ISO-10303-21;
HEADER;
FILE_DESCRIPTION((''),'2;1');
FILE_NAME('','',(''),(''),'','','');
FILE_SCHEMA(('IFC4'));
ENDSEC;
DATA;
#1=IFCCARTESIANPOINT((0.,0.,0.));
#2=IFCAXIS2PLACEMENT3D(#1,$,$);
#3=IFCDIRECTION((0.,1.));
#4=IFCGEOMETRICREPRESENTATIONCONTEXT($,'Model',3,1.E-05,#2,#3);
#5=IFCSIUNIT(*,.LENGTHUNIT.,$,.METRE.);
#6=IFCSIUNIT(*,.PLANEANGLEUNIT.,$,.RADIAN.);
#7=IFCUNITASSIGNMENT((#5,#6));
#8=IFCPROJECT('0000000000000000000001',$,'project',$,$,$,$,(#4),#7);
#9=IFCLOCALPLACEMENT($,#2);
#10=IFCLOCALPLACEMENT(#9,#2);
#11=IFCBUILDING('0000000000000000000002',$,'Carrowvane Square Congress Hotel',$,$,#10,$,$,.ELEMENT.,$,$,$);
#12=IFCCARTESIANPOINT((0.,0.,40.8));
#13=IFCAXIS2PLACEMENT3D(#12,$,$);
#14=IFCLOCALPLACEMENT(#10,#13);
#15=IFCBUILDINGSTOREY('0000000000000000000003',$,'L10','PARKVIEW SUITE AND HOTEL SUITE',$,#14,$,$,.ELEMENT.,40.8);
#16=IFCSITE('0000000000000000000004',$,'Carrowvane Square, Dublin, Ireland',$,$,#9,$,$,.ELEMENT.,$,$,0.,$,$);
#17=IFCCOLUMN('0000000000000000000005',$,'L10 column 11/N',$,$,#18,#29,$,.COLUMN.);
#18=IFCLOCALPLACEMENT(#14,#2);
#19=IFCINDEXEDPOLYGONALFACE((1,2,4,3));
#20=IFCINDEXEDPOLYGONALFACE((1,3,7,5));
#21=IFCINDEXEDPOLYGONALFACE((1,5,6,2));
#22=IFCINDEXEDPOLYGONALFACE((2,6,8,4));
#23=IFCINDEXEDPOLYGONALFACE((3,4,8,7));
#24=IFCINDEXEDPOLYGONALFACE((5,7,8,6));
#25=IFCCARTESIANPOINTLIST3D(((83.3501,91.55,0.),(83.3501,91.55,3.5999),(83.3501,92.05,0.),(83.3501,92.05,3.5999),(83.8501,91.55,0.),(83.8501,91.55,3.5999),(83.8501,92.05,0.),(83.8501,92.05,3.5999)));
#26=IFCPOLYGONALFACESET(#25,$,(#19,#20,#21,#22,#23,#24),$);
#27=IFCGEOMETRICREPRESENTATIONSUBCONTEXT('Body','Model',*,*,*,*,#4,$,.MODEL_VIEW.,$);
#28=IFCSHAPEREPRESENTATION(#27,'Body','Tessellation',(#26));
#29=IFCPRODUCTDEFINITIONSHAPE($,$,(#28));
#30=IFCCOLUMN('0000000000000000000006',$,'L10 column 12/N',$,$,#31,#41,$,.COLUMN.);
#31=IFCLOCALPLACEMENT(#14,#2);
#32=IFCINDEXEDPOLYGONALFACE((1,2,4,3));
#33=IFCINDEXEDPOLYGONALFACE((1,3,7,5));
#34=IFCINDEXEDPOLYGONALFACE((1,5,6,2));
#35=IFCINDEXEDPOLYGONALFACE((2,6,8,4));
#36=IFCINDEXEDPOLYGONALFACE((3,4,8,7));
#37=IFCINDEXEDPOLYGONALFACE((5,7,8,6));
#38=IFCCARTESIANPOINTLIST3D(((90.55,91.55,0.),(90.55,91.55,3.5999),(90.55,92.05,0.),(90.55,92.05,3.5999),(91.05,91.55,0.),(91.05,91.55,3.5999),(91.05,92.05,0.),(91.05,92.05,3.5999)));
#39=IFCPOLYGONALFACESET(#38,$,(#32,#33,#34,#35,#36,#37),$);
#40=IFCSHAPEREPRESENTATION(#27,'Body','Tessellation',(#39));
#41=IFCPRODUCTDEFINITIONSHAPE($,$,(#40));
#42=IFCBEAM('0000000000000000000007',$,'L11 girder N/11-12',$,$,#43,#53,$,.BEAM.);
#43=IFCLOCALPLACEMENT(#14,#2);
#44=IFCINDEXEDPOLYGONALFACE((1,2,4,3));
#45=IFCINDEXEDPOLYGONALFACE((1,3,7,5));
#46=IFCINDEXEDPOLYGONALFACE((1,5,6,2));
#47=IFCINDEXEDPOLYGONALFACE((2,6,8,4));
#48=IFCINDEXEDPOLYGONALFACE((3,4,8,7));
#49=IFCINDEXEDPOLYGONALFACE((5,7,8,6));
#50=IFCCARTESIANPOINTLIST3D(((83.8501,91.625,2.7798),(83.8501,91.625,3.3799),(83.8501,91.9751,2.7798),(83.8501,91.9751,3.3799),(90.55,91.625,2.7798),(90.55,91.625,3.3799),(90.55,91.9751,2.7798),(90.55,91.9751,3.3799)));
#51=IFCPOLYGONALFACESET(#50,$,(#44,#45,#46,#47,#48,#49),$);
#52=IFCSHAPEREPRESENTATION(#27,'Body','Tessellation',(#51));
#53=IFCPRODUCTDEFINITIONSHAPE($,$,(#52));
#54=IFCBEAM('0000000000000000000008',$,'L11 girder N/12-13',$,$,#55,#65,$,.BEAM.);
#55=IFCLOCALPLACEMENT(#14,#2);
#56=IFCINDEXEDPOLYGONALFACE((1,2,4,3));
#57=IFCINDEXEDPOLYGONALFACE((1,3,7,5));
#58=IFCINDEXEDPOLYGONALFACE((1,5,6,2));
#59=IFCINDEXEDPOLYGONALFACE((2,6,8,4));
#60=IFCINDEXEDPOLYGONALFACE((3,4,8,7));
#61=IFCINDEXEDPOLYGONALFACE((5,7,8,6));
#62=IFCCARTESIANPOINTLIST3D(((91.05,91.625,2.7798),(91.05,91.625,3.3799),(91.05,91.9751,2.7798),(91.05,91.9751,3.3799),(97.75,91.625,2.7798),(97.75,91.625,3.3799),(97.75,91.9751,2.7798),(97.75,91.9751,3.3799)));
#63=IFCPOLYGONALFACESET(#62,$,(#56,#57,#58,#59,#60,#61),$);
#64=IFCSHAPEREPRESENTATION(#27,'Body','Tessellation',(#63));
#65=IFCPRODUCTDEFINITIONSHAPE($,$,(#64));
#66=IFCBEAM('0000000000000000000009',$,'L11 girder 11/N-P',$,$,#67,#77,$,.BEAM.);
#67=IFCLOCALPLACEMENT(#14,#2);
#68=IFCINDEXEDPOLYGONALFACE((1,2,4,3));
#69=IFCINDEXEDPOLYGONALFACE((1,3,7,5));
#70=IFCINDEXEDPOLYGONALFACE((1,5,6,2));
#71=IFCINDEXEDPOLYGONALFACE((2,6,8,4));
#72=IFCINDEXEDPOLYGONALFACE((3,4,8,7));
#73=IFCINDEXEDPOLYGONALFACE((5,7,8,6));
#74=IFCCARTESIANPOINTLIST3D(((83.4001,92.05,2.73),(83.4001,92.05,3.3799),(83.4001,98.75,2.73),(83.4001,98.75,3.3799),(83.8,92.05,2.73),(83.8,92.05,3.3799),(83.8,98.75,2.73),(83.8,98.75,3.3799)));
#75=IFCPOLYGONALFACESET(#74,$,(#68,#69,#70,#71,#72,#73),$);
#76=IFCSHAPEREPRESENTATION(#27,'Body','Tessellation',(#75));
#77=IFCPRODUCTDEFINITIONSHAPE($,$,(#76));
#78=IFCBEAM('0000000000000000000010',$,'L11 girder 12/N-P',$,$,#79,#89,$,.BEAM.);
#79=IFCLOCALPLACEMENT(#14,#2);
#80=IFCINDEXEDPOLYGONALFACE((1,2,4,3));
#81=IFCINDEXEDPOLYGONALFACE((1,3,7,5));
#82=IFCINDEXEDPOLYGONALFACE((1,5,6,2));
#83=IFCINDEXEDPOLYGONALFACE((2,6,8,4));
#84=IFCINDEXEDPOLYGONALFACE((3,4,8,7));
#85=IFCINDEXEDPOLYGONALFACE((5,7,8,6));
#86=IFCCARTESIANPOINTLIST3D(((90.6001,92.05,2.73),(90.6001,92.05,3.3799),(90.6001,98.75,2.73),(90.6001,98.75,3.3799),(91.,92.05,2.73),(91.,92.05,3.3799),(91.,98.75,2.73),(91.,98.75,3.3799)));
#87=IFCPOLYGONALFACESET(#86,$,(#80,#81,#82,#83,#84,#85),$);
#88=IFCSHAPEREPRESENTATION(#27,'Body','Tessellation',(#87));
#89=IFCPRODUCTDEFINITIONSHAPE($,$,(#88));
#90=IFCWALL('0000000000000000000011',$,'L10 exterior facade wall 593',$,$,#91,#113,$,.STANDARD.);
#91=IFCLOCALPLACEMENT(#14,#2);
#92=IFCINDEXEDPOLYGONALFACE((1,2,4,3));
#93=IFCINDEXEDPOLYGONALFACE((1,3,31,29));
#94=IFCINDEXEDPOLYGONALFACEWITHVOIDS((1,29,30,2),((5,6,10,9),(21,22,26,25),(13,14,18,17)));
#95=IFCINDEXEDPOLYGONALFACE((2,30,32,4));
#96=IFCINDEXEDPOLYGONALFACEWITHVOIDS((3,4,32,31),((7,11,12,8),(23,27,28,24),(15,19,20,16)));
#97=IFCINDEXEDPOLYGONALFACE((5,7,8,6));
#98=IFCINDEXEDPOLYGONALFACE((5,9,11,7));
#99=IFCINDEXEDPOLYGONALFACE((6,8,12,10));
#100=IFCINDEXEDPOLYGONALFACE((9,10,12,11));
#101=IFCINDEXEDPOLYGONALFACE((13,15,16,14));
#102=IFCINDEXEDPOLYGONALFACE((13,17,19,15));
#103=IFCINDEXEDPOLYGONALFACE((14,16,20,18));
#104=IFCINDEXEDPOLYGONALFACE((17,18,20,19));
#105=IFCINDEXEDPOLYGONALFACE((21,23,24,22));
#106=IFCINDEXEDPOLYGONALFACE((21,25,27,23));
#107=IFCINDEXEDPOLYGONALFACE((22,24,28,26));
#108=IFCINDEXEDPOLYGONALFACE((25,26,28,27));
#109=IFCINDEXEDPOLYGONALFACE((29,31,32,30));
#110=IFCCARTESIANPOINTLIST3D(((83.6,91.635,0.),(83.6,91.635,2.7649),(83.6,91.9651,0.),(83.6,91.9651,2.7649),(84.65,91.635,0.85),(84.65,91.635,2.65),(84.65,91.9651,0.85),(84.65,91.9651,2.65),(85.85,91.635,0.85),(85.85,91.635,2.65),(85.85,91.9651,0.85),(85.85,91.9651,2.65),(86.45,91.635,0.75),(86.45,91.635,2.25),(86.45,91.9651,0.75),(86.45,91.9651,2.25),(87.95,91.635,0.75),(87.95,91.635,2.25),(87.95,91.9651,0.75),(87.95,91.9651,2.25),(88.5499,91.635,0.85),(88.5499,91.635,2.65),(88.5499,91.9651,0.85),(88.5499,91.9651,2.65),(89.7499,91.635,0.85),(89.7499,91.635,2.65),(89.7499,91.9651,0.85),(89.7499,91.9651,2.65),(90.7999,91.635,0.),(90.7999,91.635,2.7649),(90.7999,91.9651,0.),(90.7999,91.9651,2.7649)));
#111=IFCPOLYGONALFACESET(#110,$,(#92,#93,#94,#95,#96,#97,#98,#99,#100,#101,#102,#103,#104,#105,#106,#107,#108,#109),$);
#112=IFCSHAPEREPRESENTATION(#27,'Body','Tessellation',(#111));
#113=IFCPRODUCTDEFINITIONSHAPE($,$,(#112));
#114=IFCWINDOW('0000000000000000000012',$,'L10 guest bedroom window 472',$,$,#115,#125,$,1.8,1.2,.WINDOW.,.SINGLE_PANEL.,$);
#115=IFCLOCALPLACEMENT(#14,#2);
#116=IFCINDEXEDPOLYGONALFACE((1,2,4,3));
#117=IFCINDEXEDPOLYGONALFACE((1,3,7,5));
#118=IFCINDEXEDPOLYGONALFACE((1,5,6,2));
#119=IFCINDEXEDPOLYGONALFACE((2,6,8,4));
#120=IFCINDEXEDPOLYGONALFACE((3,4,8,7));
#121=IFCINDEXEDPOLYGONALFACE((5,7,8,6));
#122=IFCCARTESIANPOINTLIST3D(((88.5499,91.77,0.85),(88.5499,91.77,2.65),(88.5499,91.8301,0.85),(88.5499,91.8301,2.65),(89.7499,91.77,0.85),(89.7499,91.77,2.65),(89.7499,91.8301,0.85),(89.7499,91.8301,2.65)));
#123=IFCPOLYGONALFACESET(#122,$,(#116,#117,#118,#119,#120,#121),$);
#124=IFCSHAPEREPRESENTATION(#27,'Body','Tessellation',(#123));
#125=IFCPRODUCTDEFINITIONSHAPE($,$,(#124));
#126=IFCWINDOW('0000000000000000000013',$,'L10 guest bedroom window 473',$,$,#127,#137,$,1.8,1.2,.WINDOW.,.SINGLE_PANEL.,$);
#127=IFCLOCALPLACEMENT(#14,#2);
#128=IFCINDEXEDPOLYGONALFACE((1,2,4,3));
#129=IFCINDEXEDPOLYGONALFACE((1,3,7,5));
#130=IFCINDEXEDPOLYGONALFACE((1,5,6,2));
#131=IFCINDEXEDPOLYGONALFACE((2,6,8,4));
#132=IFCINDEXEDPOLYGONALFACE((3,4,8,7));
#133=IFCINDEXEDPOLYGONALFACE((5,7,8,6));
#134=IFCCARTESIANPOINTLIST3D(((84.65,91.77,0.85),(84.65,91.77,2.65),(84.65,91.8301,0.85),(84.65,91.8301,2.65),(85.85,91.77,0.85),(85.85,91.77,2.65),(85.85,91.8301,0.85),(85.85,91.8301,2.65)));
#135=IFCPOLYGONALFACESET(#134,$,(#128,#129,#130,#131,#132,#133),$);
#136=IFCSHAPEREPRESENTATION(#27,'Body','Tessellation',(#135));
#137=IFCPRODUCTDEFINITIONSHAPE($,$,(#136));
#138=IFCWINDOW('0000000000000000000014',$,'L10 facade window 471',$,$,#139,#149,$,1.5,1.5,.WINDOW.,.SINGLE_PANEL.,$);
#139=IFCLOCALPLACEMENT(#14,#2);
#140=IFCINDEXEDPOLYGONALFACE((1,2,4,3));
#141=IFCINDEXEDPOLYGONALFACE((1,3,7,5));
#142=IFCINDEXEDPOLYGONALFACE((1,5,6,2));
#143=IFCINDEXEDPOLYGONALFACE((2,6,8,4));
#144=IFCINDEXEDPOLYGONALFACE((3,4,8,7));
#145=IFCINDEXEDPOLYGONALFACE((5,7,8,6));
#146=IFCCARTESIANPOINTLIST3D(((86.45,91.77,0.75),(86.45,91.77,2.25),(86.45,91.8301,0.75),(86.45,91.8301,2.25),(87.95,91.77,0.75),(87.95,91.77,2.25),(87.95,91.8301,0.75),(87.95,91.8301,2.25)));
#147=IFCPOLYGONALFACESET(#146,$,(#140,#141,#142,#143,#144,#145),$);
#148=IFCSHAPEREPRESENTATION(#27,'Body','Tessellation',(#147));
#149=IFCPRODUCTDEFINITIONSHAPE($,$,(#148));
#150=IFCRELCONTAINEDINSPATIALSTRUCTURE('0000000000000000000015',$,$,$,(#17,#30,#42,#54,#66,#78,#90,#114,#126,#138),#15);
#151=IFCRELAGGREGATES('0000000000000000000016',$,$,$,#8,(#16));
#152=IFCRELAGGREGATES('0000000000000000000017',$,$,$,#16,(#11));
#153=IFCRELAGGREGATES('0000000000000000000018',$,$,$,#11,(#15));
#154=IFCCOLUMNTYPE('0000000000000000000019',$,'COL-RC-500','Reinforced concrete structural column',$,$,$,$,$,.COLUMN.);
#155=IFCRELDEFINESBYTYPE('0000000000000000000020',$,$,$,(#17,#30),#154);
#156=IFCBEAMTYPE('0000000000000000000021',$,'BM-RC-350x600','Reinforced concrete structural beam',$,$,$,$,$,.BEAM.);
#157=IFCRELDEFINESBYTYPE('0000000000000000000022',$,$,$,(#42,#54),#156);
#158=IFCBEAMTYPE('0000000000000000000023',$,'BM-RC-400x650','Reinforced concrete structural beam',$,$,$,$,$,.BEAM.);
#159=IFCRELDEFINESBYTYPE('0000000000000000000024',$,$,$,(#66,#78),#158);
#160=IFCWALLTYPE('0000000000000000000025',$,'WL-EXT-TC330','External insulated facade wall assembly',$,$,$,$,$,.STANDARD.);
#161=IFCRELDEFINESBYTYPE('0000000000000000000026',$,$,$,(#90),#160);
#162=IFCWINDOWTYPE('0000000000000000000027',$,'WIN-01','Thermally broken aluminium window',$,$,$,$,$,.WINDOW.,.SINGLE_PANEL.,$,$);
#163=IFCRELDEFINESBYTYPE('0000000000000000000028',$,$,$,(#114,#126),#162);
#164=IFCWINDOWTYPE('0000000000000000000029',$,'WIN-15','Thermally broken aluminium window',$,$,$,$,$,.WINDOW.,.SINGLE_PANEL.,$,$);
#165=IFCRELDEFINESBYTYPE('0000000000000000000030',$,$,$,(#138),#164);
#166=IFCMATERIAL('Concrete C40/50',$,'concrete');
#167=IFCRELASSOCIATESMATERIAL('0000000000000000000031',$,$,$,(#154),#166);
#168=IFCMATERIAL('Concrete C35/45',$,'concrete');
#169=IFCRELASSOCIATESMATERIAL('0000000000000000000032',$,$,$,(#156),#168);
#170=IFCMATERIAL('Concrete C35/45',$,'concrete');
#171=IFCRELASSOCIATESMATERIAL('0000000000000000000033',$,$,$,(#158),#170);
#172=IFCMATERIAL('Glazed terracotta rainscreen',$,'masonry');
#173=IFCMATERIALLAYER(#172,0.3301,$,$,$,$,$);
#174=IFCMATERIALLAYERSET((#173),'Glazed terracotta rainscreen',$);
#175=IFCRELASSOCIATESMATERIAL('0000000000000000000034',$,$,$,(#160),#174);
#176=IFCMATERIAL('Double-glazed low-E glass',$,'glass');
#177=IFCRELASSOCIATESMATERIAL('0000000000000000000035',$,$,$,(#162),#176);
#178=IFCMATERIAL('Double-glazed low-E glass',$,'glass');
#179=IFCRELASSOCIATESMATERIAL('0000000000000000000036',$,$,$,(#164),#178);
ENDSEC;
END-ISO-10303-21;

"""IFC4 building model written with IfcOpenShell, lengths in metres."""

from ifc_helpers import new_model, si_unit, direction, frame, frame_2d, origin, origin_2d, place, context, subcontext, project, spatial, rectangle, extrude, material, layer, layer_set, material_profile, profile_set, type_object, element, fill, save


model = new_model("IFC4")

# Units and contexts
model_context = context("Model", 3, precision=1e-05, world=origin(), true_north=direction((0.0, 1.0)))
body_context = subcontext(model_context, "Body", "Model", "MODEL_VIEW")
ifc_project = project(units=[si_unit("LENGTHUNIT", "METRE"), si_unit("PLANEANGLEUNIT", "RADIAN")], contexts=[model_context])

# Site, building, storey
site_placement = place(None, origin())
site = spatial("IfcSite", under=ifc_project, at=site_placement, Name="Carrowvane Square, Dublin, Ireland", CompositionType="ELEMENT", RefElevation=0.0)
building_placement = place(site_placement, origin())
building = spatial("IfcBuilding", under=site, at=building_placement, Name="Carrowvane Square Congress Hotel", CompositionType="ELEMENT")
storey_placement = place(building_placement, frame((0.0, 0.0, 40.8)))
storey = spatial("IfcBuildingStorey", under=building, at=storey_placement, Name="L10", Description="PARKVIEW SUITE AND HOTEL SUITE", CompositionType="ELEMENT", Elevation=40.8)

# Columns
ifc_material_1 = material(Name="Concrete C40/50", Category="concrete")
ifc_material_profile_1 = material_profile(ifc_material_1, rectangle(XDim=0.5, YDim=0.5, at=origin_2d()), Name="RC 500x500")
ifc_profile_set_1 = profile_set([ifc_material_profile_1], Name="Concrete C40/50")
column_type = type_object("IfcColumnType", Name="COL-RC-500", Description="Reinforced concrete structural column", PredefinedType="COLUMN", material=ifc_profile_set_1)
for number, where, z_axis, x_axis, name in (
    (1, (83.6001, 91.8, 0.0), (0.0, 0.0, 1.0), (1.0, 0.0, 0.0), "L10 column 11/N"),
    (2, (90.8, 91.8, 0.0), (0.0, 0.0, 1.0), (1.0, 0.0, 0.0), "L10 column 12/N"),
):
    element("IfcColumn", number, at=place(storey_placement, frame(where, z_axis=z_axis, x_axis=x_axis)), inside=storey, type_object=column_type, Name=name, PredefinedType="COLUMN", context=body_context, shape_type="SweptSolid", body=[
        extrude(rectangle(XDim=0.5, YDim=0.5, at=origin_2d()), origin(), (0.0, 0.0, 1.0), 3.5999),
    ])

# Beams
ifc_material_2 = material(Name="Concrete C35/45", Category="concrete")
ifc_material_profile_2 = material_profile(ifc_material_2, rectangle(XDim=0.3501, YDim=0.6001, at=origin_2d()), Name="RC 350x600")
ifc_profile_set_2 = profile_set([ifc_material_profile_2], Name="Concrete C35/45")
beam_type_1 = type_object("IfcBeamType", Name="BM-RC-350x600", Description="Reinforced concrete structural beam", PredefinedType="BEAM", material=ifc_profile_set_2)
for number, where, z_axis, x_axis, name in (
    (3, (83.8501, 91.8, 3.0798), (1.0, 0.0, 0.0), (0.0, 1.0, 0.0), "L11 girder N/11-12"),
    (4, (91.05, 91.8, 3.0798), (1.0, 0.0, 0.0), (0.0, 1.0, 0.0), "L11 girder N/12-13"),
):
    element("IfcBeam", number, at=place(storey_placement, frame(where, z_axis=z_axis, x_axis=x_axis)), inside=storey, type_object=beam_type_1, Name=name, PredefinedType="BEAM", context=body_context, shape_type="SweptSolid", body=[
        extrude(rectangle(XDim=0.3501, YDim=0.6001, at=origin_2d()), origin(), (0.0, 0.0, 1.0), 6.7),
    ])
ifc_material_3 = material(Name="Concrete C35/45", Category="concrete")
ifc_material_profile_3 = material_profile(ifc_material_3, rectangle(XDim=0.3999, YDim=0.6499, at=origin_2d()), Name="RC 400x650")
ifc_profile_set_3 = profile_set([ifc_material_profile_3], Name="Concrete C35/45")
beam_type_2 = type_object("IfcBeamType", Name="BM-RC-400x650", Description="Reinforced concrete structural beam", PredefinedType="BEAM", material=ifc_profile_set_3)
for number, where, z_axis, x_axis, name in (
    (5, (83.6001, 92.05, 3.0549), (0.0, 1.0, 0.0), (-1.0, 0.0, 0.0), "L11 girder 11/N-P"),
    (6, (90.8, 92.05, 3.0549), (0.0, 1.0, 0.0), (-1.0, 0.0, 0.0), "L11 girder 12/N-P"),
):
    element("IfcBeam", number, at=place(storey_placement, frame(where, z_axis=z_axis, x_axis=x_axis)), inside=storey, type_object=beam_type_2, Name=name, PredefinedType="BEAM", context=body_context, shape_type="SweptSolid", body=[
        extrude(rectangle(XDim=0.3999, YDim=0.6499, at=origin_2d()), origin(), (0.0, 0.0, 1.0), 6.7),
    ])

# Wall, openings, windows
ifc_material_4 = material(Name="Glazed terracotta rainscreen", Category="masonry")
ifc_layer_1 = layer(ifc_material_4, 0.3301)
ifc_layer_set_1 = layer_set([ifc_layer_1], Name="Glazed terracotta rainscreen")
wall_type_1 = type_object("IfcWallType", Name="WL-EXT-TC330", Description="External insulated facade wall assembly", PredefinedType="STANDARD", material=ifc_layer_set_1)
wall_1_placement = place(storey_placement, frame((90.8, 91.8, 0.0), z_axis=(0.0, 0.0, 1.0), x_axis=(-1.0, 0.0, 0.0)))
wall_1 = element("IfcWall", 7, at=wall_1_placement, inside=storey, type_object=wall_type_1, Name="L10 exterior facade wall 593", PredefinedType="STANDARD", context=body_context, shape_type="SweptSolid", body=[
    extrude(rectangle(XDim=7.2, YDim=0.3301, at=frame_2d((3.6001, 0.0))), origin(), (0.0, 0.0, 1.0), 2.7649),
])
opening_1_placement = place(wall_1_placement, frame((2.8501, 0.0, 0.75)))
opening_1 = element("IfcOpeningElement", 8, at=opening_1_placement, cuts=wall_1, PredefinedType="OPENING", context=body_context, shape_type="SweptSolid", body=[
    extrude(rectangle(XDim=1.5, YDim=1.5, at=frame_2d((0.75, 0.75))), frame((0.0, 0.175, 0.0), z_axis=(0.0, -1.0, 0.0), x_axis=(1.0, 0.0, 0.0)), (0.0, 0.0, 1.0), 0.3501),
])
opening_2_placement = place(wall_1_placement, frame((1.05, 0.0, 0.8501)))
opening_2 = element("IfcOpeningElement", 9, at=opening_2_placement, cuts=wall_1, PredefinedType="OPENING", context=body_context, shape_type="SweptSolid", body=[
    extrude(rectangle(XDim=1.2, YDim=1.8, at=frame_2d((0.6001, 0.8999))), frame((0.0, 0.175, 0.0), z_axis=(0.0, -1.0, 0.0), x_axis=(1.0, 0.0, 0.0)), (0.0, 0.0, 1.0), 0.3501),
])
opening_3_placement = place(wall_1_placement, frame((4.95, 0.0, 0.8501)))
opening_3 = element("IfcOpeningElement", 10, at=opening_3_placement, cuts=wall_1, PredefinedType="OPENING", context=body_context, shape_type="SweptSolid", body=[
    extrude(rectangle(XDim=1.2, YDim=1.8, at=frame_2d((0.6001, 0.8999))), frame((0.0, 0.175, 0.0), z_axis=(0.0, -1.0, 0.0), x_axis=(1.0, 0.0, 0.0)), (0.0, 0.0, 1.0), 0.3501),
])
ifc_material_5 = material(Name="Double-glazed low-E glass", Category="glass")
window_type_1 = type_object("IfcWindowType", Name="WIN-01", Description="Thermally broken aluminium window", PartitioningType="SINGLE_PANEL", PredefinedType="WINDOW", material=ifc_material_5)
window_1_placement = place(opening_2_placement, origin())
window_1 = element("IfcWindow", 11, at=window_1_placement, inside=storey, type_object=window_type_1, Name="L10 guest bedroom window 472", OverallHeight=1.8, OverallWidth=1.2, PartitioningType="SINGLE_PANEL", PredefinedType="WINDOW", context=body_context, shape_type="SweptSolid", body=[
    extrude(rectangle(XDim=1.2, YDim=1.8, at=frame_2d((0.6001, 0.8999))), frame((0.0, 0.03, 0.0), z_axis=(0.0, -1.0, 0.0), x_axis=(1.0, 0.0, 0.0)), (0.0, 0.0, 1.0), 0.0601),
])
fill(opening_2, window_1)
window_2_placement = place(opening_3_placement, origin())
window_2 = element("IfcWindow", 12, at=window_2_placement, inside=storey, type_object=window_type_1, Name="L10 guest bedroom window 473", OverallHeight=1.8, OverallWidth=1.2, PartitioningType="SINGLE_PANEL", PredefinedType="WINDOW", context=body_context, shape_type="SweptSolid", body=[
    extrude(rectangle(XDim=1.2, YDim=1.8, at=frame_2d((0.6001, 0.8999))), frame((0.0, 0.03, 0.0), z_axis=(0.0, -1.0, 0.0), x_axis=(1.0, 0.0, 0.0)), (0.0, 0.0, 1.0), 0.0601),
])
fill(opening_3, window_2)
ifc_material_6 = material(Name="Double-glazed low-E glass", Category="glass")
window_type_2 = type_object("IfcWindowType", Name="WIN-15", Description="Thermally broken aluminium window", PartitioningType="SINGLE_PANEL", PredefinedType="WINDOW", material=ifc_material_6)
window_3_placement = place(opening_1_placement, origin())
window_3 = element("IfcWindow", 13, at=window_3_placement, inside=storey, type_object=window_type_2, Name="L10 facade window 471", OverallHeight=1.5, OverallWidth=1.5, PartitioningType="SINGLE_PANEL", PredefinedType="WINDOW", context=body_context, shape_type="SweptSolid", body=[
    extrude(rectangle(XDim=1.5, YDim=1.5, at=frame_2d((0.75, 0.75))), frame((0.0, 0.03, 0.0), z_axis=(0.0, -1.0, 0.0), x_axis=(1.0, 0.0, 0.0)), (0.0, 0.0, 1.0), 0.0601),
])
fill(opening_1, window_3)

save(model, "model.ifc")
